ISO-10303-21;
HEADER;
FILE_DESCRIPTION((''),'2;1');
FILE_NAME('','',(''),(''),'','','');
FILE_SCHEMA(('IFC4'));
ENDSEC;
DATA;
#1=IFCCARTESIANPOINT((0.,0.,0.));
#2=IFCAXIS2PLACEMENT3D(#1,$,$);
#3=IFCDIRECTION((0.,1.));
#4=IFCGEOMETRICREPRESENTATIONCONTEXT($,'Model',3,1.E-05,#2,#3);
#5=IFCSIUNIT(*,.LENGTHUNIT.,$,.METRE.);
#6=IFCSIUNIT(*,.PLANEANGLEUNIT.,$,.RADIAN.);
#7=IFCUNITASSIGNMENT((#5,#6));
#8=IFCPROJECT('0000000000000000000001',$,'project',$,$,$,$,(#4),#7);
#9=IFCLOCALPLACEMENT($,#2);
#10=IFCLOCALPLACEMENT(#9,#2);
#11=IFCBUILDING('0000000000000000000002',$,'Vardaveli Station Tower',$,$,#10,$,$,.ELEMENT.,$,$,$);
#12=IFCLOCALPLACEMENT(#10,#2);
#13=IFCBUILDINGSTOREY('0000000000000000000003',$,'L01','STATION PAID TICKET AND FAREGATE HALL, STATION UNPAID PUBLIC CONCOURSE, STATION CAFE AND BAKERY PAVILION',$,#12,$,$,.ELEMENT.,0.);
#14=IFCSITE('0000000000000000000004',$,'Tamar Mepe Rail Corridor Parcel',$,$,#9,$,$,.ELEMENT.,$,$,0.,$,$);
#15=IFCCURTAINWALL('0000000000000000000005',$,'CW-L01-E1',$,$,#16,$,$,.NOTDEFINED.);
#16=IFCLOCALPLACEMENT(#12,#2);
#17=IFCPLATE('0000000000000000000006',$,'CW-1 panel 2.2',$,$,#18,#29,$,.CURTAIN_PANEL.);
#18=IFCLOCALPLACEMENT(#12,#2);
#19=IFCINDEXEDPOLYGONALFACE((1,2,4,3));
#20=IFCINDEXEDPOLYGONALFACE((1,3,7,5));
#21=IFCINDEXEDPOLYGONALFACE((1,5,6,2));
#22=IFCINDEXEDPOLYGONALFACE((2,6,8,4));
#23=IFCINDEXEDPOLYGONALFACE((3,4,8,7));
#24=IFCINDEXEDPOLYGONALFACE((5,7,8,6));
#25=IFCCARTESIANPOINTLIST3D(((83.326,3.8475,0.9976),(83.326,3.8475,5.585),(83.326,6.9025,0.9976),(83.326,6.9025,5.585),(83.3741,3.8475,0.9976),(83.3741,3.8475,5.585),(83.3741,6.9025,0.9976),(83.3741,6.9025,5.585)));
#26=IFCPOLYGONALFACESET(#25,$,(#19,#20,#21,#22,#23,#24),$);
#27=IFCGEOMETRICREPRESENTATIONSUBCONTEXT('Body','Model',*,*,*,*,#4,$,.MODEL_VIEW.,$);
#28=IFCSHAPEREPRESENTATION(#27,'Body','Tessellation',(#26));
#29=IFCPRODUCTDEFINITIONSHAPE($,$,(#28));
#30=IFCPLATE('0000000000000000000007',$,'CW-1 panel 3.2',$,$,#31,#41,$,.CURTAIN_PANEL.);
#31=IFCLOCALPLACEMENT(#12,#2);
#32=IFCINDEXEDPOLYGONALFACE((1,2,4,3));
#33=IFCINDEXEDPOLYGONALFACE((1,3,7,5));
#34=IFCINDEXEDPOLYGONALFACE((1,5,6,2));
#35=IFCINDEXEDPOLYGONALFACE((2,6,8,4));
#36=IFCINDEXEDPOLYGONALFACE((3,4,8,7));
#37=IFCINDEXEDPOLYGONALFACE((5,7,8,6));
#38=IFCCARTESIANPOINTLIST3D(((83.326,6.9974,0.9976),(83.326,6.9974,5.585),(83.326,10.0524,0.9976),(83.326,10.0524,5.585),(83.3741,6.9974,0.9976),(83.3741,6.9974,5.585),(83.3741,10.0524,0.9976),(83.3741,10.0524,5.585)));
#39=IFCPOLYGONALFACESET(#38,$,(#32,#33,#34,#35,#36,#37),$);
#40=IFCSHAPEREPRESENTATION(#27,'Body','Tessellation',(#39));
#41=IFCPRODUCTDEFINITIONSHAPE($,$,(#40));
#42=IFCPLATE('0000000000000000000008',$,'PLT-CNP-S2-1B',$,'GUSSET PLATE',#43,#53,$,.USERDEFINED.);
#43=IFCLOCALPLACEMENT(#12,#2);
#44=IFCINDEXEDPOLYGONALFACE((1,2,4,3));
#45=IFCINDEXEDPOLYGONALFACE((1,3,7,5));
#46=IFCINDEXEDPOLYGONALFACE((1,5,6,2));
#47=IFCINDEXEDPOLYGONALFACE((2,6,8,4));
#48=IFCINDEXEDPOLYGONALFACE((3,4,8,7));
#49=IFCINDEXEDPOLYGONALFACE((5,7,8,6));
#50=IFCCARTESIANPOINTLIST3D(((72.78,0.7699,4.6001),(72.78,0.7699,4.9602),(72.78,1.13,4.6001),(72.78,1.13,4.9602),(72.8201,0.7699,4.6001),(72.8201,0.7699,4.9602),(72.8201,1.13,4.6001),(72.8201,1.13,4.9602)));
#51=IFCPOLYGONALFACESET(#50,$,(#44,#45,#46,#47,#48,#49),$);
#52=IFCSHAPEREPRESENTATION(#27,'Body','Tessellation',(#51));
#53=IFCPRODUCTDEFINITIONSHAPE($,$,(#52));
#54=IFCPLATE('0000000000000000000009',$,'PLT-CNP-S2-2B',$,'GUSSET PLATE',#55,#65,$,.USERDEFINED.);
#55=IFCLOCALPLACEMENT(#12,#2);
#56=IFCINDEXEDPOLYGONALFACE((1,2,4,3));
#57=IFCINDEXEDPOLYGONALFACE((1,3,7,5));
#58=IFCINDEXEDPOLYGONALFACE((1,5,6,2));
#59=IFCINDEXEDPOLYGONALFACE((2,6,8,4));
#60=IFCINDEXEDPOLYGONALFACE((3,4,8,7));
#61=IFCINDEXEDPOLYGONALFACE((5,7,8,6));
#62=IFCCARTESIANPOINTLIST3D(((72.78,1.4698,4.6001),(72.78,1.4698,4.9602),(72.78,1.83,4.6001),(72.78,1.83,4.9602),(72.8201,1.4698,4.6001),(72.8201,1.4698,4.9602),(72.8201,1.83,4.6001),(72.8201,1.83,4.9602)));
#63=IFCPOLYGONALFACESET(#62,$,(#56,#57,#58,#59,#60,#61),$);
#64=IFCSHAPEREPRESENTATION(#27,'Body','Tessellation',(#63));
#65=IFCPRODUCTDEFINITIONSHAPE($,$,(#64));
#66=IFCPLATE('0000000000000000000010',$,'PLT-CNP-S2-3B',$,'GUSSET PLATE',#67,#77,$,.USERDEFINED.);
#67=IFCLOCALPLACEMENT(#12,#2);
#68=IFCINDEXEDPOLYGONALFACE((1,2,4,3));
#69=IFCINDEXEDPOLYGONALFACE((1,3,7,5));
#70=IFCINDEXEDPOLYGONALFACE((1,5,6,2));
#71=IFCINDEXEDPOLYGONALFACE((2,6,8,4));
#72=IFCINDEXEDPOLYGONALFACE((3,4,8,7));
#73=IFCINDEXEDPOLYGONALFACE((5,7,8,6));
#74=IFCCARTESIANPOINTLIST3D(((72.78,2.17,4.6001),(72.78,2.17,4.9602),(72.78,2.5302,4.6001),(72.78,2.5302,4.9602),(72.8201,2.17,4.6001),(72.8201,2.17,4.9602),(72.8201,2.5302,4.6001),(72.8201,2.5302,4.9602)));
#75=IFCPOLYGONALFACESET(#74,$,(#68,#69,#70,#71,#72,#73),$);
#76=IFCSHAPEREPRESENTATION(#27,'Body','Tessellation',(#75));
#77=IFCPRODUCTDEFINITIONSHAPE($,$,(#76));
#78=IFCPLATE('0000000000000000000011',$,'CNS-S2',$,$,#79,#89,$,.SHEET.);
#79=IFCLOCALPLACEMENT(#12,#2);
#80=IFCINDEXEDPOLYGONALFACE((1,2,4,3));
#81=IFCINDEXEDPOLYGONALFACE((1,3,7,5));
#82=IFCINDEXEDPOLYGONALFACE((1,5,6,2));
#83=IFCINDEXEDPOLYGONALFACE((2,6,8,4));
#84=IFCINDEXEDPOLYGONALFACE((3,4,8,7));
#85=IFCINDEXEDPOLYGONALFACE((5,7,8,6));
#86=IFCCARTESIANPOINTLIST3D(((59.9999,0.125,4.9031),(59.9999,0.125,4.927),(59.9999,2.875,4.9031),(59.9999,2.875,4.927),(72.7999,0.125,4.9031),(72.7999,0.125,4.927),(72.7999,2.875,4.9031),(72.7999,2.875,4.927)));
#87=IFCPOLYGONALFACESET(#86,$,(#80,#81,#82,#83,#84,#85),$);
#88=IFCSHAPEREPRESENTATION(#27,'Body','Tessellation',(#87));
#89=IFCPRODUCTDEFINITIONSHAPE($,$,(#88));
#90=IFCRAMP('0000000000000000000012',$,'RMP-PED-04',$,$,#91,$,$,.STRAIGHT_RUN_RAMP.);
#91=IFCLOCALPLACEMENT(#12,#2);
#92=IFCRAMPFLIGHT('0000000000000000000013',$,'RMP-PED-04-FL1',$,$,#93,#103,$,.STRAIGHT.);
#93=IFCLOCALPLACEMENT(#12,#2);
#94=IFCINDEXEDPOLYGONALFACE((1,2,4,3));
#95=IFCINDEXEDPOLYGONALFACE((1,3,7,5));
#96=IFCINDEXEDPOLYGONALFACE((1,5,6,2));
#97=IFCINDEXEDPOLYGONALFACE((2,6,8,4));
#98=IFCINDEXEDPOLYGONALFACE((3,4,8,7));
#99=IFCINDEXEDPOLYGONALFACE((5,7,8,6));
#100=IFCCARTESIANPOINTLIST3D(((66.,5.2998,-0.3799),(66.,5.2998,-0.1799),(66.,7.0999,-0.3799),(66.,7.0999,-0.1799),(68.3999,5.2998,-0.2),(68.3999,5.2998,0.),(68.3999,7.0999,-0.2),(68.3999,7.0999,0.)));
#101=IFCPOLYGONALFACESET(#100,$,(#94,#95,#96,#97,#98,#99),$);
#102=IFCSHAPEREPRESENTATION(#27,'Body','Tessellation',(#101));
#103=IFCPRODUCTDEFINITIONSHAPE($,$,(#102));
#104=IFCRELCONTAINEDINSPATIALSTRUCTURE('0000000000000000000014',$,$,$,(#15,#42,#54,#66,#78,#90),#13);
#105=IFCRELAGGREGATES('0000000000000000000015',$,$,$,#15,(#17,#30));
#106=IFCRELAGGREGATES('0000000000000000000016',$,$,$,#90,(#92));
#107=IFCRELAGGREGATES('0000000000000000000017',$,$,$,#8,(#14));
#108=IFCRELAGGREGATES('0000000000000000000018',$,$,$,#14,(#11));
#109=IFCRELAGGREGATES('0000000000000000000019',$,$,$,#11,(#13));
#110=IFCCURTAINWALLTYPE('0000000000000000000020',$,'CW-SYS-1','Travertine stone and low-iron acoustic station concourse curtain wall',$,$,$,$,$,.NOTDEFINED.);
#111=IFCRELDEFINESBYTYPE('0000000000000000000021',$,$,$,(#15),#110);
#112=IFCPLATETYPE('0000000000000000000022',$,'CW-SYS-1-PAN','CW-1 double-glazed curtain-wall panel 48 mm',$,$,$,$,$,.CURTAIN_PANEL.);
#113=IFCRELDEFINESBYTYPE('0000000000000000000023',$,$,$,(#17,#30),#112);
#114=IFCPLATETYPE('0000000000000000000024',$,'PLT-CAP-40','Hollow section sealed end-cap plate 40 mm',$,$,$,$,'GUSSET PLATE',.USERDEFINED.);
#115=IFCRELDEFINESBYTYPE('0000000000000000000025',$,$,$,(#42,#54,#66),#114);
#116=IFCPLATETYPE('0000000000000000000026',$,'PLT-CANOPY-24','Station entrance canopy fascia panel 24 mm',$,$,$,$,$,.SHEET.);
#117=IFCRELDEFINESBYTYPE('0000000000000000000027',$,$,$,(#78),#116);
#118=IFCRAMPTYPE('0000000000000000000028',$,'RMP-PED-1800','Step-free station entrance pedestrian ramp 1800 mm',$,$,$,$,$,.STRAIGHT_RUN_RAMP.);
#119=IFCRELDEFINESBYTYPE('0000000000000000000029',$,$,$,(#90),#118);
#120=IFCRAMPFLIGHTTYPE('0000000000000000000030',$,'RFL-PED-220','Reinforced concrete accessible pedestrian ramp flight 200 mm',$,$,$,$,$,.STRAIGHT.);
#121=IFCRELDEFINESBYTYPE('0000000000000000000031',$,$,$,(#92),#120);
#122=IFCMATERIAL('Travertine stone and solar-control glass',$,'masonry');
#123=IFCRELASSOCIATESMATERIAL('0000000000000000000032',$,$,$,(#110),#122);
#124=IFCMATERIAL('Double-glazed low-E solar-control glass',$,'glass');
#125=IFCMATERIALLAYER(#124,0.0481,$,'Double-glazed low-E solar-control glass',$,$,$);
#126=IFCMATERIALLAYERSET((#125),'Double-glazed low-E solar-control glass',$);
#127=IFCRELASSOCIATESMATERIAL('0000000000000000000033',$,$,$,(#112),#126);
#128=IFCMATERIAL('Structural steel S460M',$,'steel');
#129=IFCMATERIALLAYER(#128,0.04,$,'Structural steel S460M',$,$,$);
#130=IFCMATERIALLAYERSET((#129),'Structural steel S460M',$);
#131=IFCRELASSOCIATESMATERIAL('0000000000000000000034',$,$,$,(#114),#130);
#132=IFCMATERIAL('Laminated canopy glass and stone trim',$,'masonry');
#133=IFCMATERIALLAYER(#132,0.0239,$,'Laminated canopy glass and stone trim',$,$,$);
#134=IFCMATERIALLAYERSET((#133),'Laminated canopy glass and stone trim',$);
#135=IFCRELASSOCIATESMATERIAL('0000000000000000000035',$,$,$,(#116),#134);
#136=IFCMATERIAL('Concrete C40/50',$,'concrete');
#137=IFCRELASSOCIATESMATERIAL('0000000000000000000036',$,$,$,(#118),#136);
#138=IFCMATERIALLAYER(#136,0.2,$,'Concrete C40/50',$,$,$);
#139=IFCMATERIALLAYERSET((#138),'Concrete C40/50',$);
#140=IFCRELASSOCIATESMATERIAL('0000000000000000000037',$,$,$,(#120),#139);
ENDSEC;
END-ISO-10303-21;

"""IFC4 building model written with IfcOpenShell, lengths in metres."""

from ifc_helpers import new_model, si_unit, direction, frame, origin, origin_2d, place, context, subcontext, project, spatial, polyline, rectangle, outline, extrude, source, transform, mapped, material, layer, layer_set, type_object, element, aggregate, save


model = new_model("IFC4")

# Units and contexts
model_context = context("Model", 3, precision=1e-05, world=origin(), true_north=direction((0.0, 1.0)))
body_context = subcontext(model_context, "Body", "Model", "MODEL_VIEW")
ifc_project = project(units=[si_unit("LENGTHUNIT", "METRE"), si_unit("PLANEANGLEUNIT", "RADIAN")], contexts=[model_context])

# Site, building, storey
site_placement = place(None, origin())
site = spatial("IfcSite", under=ifc_project, at=site_placement, Name="Tamar Mepe Rail Corridor Parcel", CompositionType="ELEMENT", RefElevation=0.0)
building_placement = place(site_placement, origin())
building = spatial("IfcBuilding", under=site, at=building_placement, Name="Vardaveli Station Tower", CompositionType="ELEMENT")
storey_placement = place(building_placement, origin())
storey = spatial("IfcBuildingStorey", under=building, at=storey_placement, Name="L01", Description="STATION PAID TICKET AND FAREGATE HALL, STATION UNPAID PUBLIC CONCOURSE, STATION CAFE AND BAKERY PAVILION", CompositionType="ELEMENT", Elevation=0.0)

# Curtain wall
ifc_material_1 = material(Name="Travertine stone and solar-control glass", Category="masonry")
curtain_wall_type = type_object("IfcCurtainWallType", Name="CW-SYS-1", Description="Travertine stone and low-iron acoustic station concourse curtain wall", PredefinedType="NOTDEFINED", material=ifc_material_1)
curtain_wall_placement = place(storey_placement, origin())
curtain_wall = element("IfcCurtainWall", 1, at=curtain_wall_placement, inside=storey, type_object=curtain_wall_type, Name="CW-L01-E1", PredefinedType="NOTDEFINED")

# Plates
ifc_material_2 = material(Name="Double-glazed low-E solar-control glass", Category="glass")
ifc_layer_1 = layer(ifc_material_2, 0.0481, Name="Double-glazed low-E solar-control glass")
ifc_layer_set_1 = layer_set([ifc_layer_1], Name="Double-glazed low-E solar-control glass")
plate_type_1 = type_object("IfcPlateType", Name="CW-SYS-1-PAN", Description="CW-1 double-glazed curtain-wall panel 48 mm", PredefinedType="CURTAIN_PANEL", material=ifc_layer_set_1)
shared_shape_1 = source(origin(), body_context, "Body", "SweptSolid", [
    extrude(rectangle(XDim=3.0549, YDim=0.0481, at=origin_2d()), origin(), (0.0, 0.0, 1.0), 4.5874),
])
plate_1_placement = place(storey_placement, frame((83.3501, 5.375, 0.9976), z_axis=(0.0, 0.0, 1.0), x_axis=(0.0, 1.0, 0.0)))
plate_1 = element("IfcPlate", 2, at=plate_1_placement, type_object=plate_type_1, Name="CW-1 panel 2.2", PredefinedType="CURTAIN_PANEL", context=body_context, shape_type="MappedRepresentation", body=[
    mapped(shared_shape_1, transform((0.0, 0.0, 0.0), scale=1.0)),
])
plate_2_placement = place(storey_placement, frame((83.3501, 8.5249, 0.9976), z_axis=(0.0, 0.0, 1.0), x_axis=(0.0, 1.0, 0.0)))
plate_2 = element("IfcPlate", 3, at=plate_2_placement, type_object=plate_type_1, Name="CW-1 panel 3.2", PredefinedType="CURTAIN_PANEL", context=body_context, shape_type="MappedRepresentation", body=[
    mapped(shared_shape_1, transform((0.0, 0.0, 0.0), scale=1.0)),
])
aggregate(curtain_wall, [plate_1, plate_2])

# Plates
ifc_material_3 = material(Name="Structural steel S460M", Category="steel")
ifc_layer_2 = layer(ifc_material_3, 0.04, Name="Structural steel S460M")
ifc_layer_set_2 = layer_set([ifc_layer_2], Name="Structural steel S460M")
plate_type_2 = type_object("IfcPlateType", Name="PLT-CAP-40", Description="Hollow section sealed end-cap plate 40 mm", ElementType="GUSSET PLATE", PredefinedType="USERDEFINED", material=ifc_layer_set_2)
shared_shape_2 = source(origin(), body_context, "Body", "SweptSolid", [
    extrude(rectangle(XDim=0.04, YDim=0.3601, at=origin_2d()), origin(), (0.0, 0.0, 1.0), 0.3601),
])
for number, where, z_axis, x_axis, name in (
    (4, (72.8, 0.95, 4.6001), (0.0, 0.0, 1.0), (1.0, 0.0, 0.0), "PLT-CNP-S2-1B"),
    (5, (72.8, 1.6499, 4.6001), (0.0, 0.0, 1.0), (1.0, 0.0, 0.0), "PLT-CNP-S2-2B"),
    (6, (72.8, 2.3501, 4.6001), (0.0, 0.0, 1.0), (1.0, 0.0, 0.0), "PLT-CNP-S2-3B"),
):
    element("IfcPlate", number, at=place(storey_placement, frame(where, z_axis=z_axis, x_axis=x_axis)), inside=storey, type_object=plate_type_2, Name=name, ObjectType="GUSSET PLATE", PredefinedType="USERDEFINED", context=body_context, shape_type="MappedRepresentation", body=[
        mapped(shared_shape_2, transform((0.0, 0.0, 0.0), scale=1.0)),
    ])
ifc_material_4 = material(Name="Laminated canopy glass and stone trim", Category="masonry")
ifc_layer_3 = layer(ifc_material_4, 0.0239, Name="Laminated canopy glass and stone trim")
ifc_layer_set_3 = layer_set([ifc_layer_3], Name="Laminated canopy glass and stone trim")
plate_type_3 = type_object("IfcPlateType", Name="PLT-CANOPY-24", Description="Station entrance canopy fascia panel 24 mm", PredefinedType="SHEET", material=ifc_layer_set_3)
shared_shape_3 = source(origin(), body_context, "Body", "SweptSolid", [
    extrude(rectangle(XDim=12.8, YDim=2.75, at=origin_2d()), origin(), (0.0, 0.0, 1.0), 0.0239),
])
plate_3_placement = place(storey_placement, frame((66.3999, 1.5, 4.9031), z_axis=(0.0, 0.0, 1.0), x_axis=(1.0, 0.0, 0.0)))
element("IfcPlate", 7, at=plate_3_placement, inside=storey, type_object=plate_type_3, Name="CNS-S2", PredefinedType="SHEET", context=body_context, shape_type="MappedRepresentation", body=[
    mapped(shared_shape_3, transform((0.0, 0.0, 0.0), scale=1.0)),
])

# Ramp, ramp flight
ifc_material_5 = material(Name="Concrete C40/50", Category="concrete")
ramp_type = type_object("IfcRampType", Name="RMP-PED-1800", Description="Step-free station entrance pedestrian ramp 1800 mm", PredefinedType="STRAIGHT_RUN_RAMP", material=ifc_material_5)
ramp_placement = place(storey_placement, origin())
ramp = element("IfcRamp", 8, at=ramp_placement, inside=storey, type_object=ramp_type, Name="RMP-PED-04", PredefinedType="STRAIGHT_RUN_RAMP")
ifc_layer_4 = layer(ifc_material_5, 0.2, Name="Concrete C40/50")
ifc_layer_set_4 = layer_set([ifc_layer_4], Name="Concrete C40/50")
ramp_flight_type = type_object("IfcRampFlightType", Name="RFL-PED-220", Description="Reinforced concrete accessible pedestrian ramp flight 200 mm", PredefinedType="STRAIGHT", material=ifc_layer_set_4)
ramp_flight_placement = place(storey_placement, frame((66.0, 6.2, -0.1799), z_axis=(0.0, 0.0, 1.0), x_axis=(1.0, 0.0, 0.0)))
ramp_flight = element("IfcRampFlight", 9, at=ramp_flight_placement, type_object=ramp_flight_type, Name="RMP-PED-04-FL1", PredefinedType="STRAIGHT", context=body_context, shape_type="SweptSolid", body=[
    extrude(outline(polyline([(0.0, -0.2), (2.3999, -0.02), (2.3999, 0.1799), (0.0, 0.0), (0.0, -0.2)])), frame((0.0, 0.8999, 0.0), z_axis=(0.0, -1.0, 0.0), x_axis=(1.0, 0.0, 0.0)), (0.0, 0.0, 1.0), 1.8),
])
aggregate(ramp, [ramp_flight])

save(model, "model.ifc")
